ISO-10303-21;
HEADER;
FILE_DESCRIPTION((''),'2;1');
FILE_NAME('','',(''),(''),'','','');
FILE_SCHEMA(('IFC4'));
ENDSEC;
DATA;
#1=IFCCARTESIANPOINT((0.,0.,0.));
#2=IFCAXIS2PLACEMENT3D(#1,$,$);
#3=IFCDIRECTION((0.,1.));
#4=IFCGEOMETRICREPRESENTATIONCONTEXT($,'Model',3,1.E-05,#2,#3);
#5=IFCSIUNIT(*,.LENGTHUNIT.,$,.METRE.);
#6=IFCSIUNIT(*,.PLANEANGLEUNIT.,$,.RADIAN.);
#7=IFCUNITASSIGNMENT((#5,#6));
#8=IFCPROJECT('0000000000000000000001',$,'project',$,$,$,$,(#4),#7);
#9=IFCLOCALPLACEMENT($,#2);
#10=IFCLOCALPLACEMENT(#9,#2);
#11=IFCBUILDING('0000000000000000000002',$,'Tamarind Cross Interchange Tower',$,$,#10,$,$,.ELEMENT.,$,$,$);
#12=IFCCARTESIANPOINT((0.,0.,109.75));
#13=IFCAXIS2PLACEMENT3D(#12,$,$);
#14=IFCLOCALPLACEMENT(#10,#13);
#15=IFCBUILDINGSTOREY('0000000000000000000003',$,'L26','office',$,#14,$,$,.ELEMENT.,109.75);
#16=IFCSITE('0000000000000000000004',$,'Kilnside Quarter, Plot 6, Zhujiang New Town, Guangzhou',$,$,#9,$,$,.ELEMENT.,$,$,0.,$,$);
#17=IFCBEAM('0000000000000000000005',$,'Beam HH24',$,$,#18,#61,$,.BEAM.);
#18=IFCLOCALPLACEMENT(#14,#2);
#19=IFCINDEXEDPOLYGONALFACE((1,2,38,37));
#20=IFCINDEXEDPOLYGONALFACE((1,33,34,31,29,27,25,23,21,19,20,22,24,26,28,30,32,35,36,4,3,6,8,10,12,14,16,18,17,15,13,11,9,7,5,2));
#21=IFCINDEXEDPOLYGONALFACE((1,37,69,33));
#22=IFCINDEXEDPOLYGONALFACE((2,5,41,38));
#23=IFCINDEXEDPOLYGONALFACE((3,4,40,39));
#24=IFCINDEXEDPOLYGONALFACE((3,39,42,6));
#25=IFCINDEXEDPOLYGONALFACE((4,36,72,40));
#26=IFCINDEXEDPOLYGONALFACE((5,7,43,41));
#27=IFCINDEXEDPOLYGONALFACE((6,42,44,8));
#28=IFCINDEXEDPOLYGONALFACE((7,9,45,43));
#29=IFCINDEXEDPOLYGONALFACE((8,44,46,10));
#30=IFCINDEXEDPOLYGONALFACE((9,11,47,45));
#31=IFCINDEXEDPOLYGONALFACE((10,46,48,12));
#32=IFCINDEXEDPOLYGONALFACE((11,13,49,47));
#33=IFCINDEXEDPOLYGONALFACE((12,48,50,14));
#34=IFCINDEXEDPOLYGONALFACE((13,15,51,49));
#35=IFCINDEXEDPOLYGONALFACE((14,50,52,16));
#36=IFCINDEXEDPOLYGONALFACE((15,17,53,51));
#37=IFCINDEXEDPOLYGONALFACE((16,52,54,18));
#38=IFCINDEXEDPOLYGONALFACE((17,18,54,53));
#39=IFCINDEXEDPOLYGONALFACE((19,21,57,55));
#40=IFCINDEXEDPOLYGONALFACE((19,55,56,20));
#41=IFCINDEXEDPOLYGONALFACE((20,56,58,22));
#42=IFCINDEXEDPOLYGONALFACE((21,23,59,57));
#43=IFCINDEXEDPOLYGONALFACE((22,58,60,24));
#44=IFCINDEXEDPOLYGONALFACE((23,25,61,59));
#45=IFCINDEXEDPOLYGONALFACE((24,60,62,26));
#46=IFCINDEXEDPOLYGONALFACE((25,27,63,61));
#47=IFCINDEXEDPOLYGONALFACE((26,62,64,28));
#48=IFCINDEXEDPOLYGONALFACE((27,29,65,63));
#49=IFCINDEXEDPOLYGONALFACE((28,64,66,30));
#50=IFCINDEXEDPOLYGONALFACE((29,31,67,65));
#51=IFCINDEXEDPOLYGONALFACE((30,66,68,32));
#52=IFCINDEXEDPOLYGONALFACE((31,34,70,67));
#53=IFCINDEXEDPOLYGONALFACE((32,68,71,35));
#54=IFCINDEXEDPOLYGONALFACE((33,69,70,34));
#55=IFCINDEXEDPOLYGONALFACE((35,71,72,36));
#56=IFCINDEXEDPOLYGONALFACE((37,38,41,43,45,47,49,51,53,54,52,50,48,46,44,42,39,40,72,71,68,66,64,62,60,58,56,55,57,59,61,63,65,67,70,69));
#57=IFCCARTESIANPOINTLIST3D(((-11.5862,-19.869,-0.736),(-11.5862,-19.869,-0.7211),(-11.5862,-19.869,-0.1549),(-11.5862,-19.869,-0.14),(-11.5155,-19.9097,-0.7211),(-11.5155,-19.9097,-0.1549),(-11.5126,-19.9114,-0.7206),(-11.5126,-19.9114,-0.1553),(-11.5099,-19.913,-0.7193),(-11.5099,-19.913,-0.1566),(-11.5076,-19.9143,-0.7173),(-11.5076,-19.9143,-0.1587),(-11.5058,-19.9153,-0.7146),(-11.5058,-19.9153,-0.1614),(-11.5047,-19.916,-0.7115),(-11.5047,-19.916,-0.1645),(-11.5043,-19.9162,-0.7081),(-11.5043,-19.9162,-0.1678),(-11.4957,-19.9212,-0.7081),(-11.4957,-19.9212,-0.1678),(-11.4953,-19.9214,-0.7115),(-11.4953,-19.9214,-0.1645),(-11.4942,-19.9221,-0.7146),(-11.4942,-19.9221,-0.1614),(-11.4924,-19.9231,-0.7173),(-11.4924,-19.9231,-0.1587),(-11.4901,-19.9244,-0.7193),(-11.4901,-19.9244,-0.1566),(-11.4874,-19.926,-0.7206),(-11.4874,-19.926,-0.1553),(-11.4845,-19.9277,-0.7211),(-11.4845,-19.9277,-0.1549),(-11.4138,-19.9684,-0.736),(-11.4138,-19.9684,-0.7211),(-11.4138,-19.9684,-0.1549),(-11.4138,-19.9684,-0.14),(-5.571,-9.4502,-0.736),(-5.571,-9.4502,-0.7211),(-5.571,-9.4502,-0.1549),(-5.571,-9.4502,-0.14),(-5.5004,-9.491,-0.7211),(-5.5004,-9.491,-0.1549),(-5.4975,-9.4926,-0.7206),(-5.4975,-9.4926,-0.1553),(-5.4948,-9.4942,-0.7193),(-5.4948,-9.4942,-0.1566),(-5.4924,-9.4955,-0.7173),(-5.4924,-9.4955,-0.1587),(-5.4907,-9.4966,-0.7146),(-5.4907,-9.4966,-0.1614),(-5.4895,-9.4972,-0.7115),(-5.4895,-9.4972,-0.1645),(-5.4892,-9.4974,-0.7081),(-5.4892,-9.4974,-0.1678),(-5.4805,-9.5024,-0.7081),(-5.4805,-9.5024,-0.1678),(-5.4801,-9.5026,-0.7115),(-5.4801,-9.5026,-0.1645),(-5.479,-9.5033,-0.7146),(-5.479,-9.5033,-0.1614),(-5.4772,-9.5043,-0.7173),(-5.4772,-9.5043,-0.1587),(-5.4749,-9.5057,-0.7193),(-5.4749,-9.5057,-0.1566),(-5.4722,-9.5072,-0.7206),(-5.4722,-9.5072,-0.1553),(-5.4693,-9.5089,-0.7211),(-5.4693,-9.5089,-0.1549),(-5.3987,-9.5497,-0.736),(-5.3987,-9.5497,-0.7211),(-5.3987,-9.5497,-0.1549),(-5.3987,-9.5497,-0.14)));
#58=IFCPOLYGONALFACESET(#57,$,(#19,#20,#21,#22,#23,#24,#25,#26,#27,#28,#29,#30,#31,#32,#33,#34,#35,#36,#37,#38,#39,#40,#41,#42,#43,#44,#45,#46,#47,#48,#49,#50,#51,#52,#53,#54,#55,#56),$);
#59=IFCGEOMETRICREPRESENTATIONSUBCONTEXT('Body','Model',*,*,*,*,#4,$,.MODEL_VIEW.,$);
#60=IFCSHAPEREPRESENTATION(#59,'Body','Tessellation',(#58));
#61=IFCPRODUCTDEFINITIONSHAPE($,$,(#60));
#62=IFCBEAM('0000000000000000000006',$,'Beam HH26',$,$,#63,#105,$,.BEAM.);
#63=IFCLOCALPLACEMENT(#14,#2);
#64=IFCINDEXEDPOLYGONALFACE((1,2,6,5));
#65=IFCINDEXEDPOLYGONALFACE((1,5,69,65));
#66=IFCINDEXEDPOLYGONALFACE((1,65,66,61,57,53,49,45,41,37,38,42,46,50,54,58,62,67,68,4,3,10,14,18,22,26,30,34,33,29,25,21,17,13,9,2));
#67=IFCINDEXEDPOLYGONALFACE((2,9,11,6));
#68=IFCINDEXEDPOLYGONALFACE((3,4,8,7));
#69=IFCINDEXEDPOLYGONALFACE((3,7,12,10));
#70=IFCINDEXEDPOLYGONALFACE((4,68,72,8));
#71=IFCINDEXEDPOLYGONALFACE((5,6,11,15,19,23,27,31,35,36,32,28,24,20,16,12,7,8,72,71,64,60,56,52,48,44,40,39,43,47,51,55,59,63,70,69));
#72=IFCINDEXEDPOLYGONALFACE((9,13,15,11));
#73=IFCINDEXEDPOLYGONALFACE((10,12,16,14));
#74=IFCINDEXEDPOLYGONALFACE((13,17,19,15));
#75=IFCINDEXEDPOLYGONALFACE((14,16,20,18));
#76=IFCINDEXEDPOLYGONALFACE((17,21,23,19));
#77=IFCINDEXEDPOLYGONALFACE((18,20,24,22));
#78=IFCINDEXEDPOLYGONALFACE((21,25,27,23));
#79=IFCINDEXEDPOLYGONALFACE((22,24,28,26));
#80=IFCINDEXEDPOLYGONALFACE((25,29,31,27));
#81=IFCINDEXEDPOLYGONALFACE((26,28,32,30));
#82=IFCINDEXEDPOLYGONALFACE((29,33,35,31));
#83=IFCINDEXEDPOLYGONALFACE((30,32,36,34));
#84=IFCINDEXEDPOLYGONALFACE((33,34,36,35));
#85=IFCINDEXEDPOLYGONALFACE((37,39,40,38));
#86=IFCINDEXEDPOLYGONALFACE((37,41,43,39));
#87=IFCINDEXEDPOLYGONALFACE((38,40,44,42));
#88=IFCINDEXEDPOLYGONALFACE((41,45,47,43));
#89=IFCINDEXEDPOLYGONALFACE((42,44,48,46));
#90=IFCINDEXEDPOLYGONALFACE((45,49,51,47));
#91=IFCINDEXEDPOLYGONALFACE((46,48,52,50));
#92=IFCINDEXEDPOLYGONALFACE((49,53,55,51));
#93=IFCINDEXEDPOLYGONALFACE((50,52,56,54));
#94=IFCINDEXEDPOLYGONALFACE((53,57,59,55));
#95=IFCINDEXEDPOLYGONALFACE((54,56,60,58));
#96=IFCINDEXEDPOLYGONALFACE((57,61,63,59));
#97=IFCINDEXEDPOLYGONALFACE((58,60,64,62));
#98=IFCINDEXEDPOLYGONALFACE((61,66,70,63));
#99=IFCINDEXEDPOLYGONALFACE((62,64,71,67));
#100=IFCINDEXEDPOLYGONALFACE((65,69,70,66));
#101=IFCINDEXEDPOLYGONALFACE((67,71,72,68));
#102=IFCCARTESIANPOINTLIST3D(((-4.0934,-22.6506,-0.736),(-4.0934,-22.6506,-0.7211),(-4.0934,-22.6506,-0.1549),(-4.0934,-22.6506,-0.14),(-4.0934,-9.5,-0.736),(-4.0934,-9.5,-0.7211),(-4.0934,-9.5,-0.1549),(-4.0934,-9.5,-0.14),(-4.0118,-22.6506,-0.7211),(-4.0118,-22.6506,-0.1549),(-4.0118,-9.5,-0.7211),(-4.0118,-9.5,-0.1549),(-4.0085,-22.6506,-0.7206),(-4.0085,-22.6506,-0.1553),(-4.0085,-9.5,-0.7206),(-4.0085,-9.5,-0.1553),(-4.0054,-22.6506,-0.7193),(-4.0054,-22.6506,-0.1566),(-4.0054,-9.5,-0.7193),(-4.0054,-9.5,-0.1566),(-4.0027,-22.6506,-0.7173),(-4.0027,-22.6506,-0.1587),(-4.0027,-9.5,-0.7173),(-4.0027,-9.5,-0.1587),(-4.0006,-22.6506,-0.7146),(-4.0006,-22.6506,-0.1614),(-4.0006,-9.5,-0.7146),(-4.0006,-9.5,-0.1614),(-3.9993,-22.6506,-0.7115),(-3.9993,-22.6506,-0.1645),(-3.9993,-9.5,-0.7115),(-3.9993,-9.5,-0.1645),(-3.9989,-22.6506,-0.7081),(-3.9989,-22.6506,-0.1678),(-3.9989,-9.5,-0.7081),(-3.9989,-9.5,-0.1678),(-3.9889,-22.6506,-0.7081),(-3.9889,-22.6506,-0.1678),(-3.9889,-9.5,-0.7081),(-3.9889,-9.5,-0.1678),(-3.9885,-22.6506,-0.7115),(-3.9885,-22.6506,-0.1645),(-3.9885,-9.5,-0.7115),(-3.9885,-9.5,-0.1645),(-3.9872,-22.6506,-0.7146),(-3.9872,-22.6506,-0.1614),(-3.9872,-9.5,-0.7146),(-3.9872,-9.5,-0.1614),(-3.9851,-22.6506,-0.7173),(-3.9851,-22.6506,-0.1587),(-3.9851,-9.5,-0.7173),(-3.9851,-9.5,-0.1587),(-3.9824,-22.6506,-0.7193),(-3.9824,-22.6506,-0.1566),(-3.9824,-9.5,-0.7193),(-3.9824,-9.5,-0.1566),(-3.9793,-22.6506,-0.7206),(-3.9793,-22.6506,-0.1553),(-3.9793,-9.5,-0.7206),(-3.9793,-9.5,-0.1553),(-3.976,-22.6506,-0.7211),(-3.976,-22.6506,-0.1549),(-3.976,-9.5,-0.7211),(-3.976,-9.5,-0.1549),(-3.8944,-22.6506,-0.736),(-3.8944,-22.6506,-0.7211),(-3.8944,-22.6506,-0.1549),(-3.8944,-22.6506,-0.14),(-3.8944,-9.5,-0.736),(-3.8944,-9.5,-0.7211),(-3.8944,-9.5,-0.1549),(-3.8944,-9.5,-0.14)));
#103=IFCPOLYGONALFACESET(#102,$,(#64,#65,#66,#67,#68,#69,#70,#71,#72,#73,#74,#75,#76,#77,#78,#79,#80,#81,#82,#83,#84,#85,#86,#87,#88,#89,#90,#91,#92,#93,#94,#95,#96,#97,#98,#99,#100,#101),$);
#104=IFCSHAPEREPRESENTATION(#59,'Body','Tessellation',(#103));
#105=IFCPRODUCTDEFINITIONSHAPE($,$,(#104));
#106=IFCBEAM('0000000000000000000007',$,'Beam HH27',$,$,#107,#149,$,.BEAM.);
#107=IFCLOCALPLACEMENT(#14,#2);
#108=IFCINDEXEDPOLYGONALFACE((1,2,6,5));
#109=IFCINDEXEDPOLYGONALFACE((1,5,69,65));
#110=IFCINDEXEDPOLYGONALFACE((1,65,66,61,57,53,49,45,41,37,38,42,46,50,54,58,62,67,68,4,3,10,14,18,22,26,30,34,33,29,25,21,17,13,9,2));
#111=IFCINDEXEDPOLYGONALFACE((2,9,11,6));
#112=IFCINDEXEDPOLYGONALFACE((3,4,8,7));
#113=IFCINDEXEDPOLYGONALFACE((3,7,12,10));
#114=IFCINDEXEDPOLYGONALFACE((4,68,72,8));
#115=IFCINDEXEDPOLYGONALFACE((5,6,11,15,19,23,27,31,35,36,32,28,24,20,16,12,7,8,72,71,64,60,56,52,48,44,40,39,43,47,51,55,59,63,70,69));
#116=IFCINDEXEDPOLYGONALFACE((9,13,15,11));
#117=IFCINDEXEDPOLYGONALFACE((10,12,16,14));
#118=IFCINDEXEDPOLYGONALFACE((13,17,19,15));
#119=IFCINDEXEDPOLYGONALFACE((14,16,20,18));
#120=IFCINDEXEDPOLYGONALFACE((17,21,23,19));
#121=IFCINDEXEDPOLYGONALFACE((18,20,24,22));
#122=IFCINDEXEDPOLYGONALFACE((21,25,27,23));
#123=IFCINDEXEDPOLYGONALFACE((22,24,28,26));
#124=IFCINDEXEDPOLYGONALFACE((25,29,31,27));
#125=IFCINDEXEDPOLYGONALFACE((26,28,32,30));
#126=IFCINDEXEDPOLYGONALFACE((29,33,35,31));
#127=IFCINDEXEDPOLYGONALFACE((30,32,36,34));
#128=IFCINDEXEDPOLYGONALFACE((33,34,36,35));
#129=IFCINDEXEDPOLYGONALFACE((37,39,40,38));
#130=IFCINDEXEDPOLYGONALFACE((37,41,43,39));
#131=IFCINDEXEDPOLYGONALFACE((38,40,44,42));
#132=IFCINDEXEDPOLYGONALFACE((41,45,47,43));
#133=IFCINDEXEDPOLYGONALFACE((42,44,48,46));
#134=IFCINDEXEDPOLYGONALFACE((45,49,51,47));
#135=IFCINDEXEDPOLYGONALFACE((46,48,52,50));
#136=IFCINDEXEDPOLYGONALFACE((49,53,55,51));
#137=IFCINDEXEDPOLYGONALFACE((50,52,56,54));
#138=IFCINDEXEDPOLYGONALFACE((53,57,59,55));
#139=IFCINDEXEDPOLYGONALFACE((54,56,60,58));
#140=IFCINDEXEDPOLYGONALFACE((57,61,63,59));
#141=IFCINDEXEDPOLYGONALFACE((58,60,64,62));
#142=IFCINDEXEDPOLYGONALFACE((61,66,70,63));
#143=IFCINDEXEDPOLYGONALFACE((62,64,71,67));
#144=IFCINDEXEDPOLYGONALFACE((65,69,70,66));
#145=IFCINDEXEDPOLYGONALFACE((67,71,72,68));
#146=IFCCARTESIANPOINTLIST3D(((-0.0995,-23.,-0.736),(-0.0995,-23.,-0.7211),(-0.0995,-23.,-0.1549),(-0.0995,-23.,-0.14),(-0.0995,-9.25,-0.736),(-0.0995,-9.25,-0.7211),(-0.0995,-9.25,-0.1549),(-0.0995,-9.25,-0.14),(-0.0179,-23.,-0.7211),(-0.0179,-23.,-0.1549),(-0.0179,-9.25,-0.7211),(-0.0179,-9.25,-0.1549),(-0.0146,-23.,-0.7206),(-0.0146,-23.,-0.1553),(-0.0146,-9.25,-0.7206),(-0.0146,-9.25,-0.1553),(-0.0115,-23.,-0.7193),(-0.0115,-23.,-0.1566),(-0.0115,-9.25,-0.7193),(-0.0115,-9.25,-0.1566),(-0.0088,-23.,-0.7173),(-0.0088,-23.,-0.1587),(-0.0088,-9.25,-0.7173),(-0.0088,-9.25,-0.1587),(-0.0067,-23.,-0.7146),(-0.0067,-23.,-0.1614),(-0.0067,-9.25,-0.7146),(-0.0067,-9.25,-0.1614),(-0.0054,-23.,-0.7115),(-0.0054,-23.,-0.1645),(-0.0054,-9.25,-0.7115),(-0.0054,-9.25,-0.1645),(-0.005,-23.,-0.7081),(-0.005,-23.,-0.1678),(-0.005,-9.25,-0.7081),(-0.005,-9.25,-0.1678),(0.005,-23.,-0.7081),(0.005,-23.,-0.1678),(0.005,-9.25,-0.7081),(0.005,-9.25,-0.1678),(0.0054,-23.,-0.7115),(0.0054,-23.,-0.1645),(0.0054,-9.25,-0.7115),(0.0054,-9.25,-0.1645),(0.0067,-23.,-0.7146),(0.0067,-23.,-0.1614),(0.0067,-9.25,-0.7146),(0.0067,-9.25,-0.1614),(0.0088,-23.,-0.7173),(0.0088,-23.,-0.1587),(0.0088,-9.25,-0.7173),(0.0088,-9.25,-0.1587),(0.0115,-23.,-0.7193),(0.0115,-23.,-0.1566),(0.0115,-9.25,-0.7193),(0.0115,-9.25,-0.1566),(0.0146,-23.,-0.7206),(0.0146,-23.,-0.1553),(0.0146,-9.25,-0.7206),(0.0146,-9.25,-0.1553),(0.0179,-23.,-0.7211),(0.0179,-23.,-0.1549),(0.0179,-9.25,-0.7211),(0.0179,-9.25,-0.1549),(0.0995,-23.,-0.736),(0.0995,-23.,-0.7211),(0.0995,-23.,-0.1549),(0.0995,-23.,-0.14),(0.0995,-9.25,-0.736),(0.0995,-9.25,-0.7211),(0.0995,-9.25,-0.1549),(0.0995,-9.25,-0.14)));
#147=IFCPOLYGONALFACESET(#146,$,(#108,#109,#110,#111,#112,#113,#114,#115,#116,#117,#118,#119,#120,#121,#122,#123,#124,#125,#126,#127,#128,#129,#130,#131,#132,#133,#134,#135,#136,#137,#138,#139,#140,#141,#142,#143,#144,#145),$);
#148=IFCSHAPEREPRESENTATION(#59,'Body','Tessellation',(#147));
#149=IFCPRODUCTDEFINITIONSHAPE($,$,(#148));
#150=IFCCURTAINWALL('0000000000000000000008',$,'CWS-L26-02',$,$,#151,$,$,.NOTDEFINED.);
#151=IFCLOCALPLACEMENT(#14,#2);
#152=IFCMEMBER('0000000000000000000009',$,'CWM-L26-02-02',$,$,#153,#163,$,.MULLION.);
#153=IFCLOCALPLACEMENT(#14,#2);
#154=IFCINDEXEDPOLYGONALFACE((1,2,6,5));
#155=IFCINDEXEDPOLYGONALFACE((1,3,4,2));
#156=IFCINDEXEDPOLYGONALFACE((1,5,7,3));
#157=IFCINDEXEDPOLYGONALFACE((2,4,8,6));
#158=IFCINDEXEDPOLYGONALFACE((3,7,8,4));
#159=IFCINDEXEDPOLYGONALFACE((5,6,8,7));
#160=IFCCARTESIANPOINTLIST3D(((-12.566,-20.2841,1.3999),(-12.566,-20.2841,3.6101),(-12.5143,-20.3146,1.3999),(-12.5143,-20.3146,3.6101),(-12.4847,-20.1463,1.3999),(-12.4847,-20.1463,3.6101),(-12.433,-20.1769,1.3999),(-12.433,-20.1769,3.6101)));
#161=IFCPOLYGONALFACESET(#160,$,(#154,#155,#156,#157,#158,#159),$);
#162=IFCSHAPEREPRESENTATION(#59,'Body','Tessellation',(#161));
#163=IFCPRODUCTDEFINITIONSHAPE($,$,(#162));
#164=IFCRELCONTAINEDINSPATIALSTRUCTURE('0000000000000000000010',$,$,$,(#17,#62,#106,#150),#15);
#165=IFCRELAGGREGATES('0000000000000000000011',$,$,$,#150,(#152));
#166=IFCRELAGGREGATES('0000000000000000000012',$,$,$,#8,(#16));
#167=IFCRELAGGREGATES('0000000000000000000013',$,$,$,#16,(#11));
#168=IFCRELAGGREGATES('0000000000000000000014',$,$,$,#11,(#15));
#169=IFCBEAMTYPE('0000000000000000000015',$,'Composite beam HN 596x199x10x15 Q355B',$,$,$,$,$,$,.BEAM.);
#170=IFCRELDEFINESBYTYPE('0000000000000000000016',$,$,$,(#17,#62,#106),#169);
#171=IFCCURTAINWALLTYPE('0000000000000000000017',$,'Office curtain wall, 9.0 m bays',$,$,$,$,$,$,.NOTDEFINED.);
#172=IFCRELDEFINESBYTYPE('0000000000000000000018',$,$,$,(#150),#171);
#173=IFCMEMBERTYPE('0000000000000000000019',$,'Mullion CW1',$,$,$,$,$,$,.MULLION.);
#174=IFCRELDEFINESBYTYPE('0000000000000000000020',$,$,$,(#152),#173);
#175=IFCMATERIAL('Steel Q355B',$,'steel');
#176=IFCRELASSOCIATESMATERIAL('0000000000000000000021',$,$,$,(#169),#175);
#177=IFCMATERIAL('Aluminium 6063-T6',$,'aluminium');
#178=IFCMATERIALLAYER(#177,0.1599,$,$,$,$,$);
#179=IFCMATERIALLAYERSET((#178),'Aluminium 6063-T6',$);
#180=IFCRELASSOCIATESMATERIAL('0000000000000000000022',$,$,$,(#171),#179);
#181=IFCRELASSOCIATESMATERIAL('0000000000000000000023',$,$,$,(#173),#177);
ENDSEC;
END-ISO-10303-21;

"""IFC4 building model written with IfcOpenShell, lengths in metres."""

from ifc_helpers import new_model, si_unit, direction, frame, origin, origin_2d, place, context, subcontext, project, spatial, rectangle, i_section, extrude, material, layer, layer_set, material_profile, profile_set, type_object, element, aggregate, save


model = new_model("IFC4")

# Units and contexts
model_context = context("Model", 3, precision=1e-05, world=origin(), true_north=direction((0.0, 1.0)))
body_context = subcontext(model_context, "Body", "Model", "MODEL_VIEW")
ifc_project = project(units=[si_unit("LENGTHUNIT", "METRE"), si_unit("PLANEANGLEUNIT", "RADIAN")], contexts=[model_context])

# Site, building, storey
site_placement = place(None, origin())
site = spatial("IfcSite", under=ifc_project, at=site_placement, Name="Kilnside Quarter, Plot 6, Zhujiang New Town, Guangzhou", CompositionType="ELEMENT", RefElevation=0.0)
building_placement = place(site_placement, origin())
building = spatial("IfcBuilding", under=site, at=building_placement, Name="Tamarind Cross Interchange Tower", CompositionType="ELEMENT")
storey_placement = place(building_placement, frame((0.0, 0.0, 109.75)))
storey = spatial("IfcBuildingStorey", under=building, at=storey_placement, Name="L26", Description="office", CompositionType="ELEMENT", Elevation=109.75)

# Beams
ifc_material_1 = material(Name="Steel Q355B", Category="steel")
ifc_material_profile_1 = material_profile(ifc_material_1, i_section(OverallWidth=0.199, OverallDepth=0.5959, WebThickness=0.01, FlangeThickness=0.0149, FilletRadius=0.0129, at=origin_2d()), Name="HN 596x199x10x15")
ifc_profile_set_1 = profile_set([ifc_material_profile_1], Name="Steel Q355B")
beam_type_1 = type_object("IfcBeamType", Name="Composite beam HN 596x199x10x15 Q355B", PredefinedType="BEAM", material=ifc_profile_set_1)
beam_1_placement = place(storey_placement, frame((-11.5, -19.9187, -0.438), z_axis=(0.499994, 0.866029, 0.0), x_axis=(-0.866029, 0.499994, 0.0)))
element("IfcBeam", 1, at=beam_1_placement, inside=storey, type_object=beam_type_1, Name="Beam HH24", PredefinedType="BEAM", context=body_context, shape_type="SweptSolid", body=[
    extrude(i_section(OverallWidth=0.199, OverallDepth=0.5959, WebThickness=0.01, FlangeThickness=0.0149, FilletRadius=0.0129, at=origin_2d()), origin(), (0.0, 0.0, 1.0), 12.0305),
])
beam_2_placement = place(storey_placement, frame((-3.9939, -22.6506, -0.438), z_axis=(0.0, 1.0, 0.0), x_axis=(-1.0, 0.0, 0.0)))
element("IfcBeam", 2, at=beam_2_placement, inside=storey, type_object=beam_type_1, Name="Beam HH26", PredefinedType="BEAM", context=body_context, shape_type="SweptSolid", body=[
    extrude(i_section(OverallWidth=0.199, OverallDepth=0.5959, WebThickness=0.01, FlangeThickness=0.0149, FilletRadius=0.0129, at=origin_2d()), origin(), (0.0, 0.0, 1.0), 13.1506),
])
beam_3_placement = place(storey_placement, frame((0.0, -23.0, -0.438), z_axis=(0.0, 1.0, 0.0), x_axis=(-1.0, 0.0, 0.0)))
element("IfcBeam", 3, at=beam_3_placement, inside=storey, type_object=beam_type_1, Name="Beam HH27", PredefinedType="BEAM", context=body_context, shape_type="SweptSolid", body=[
    extrude(i_section(OverallWidth=0.199, OverallDepth=0.5959, WebThickness=0.01, FlangeThickness=0.0149, FilletRadius=0.0129, at=origin_2d()), origin(), (0.0, 0.0, 1.0), 13.75),
])

# Curtain wall, member
ifc_material_2 = material(Name="Aluminium 6063-T6", Category="aluminium")
ifc_layer_1 = layer(ifc_material_2, 0.1599)
ifc_layer_set_1 = layer_set([ifc_layer_1], Name="Aluminium 6063-T6")
curtain_wall_type = type_object("IfcCurtainWallType", Name="Office curtain wall, 9.0 m bays", PredefinedType="NOTDEFINED", material=ifc_layer_set_1)
curtain_wall_placement = place(storey_placement, origin())
curtain_wall = element("IfcCurtainWall", 4, at=curtain_wall_placement, inside=storey, type_object=curtain_wall_type, Name="CWS-L26-02", PredefinedType="NOTDEFINED")
ifc_material_profile_2 = material_profile(ifc_material_2, rectangle(XDim=0.0601, YDim=0.1599, at=origin_2d()), Name="Mullion CW1")
ifc_profile_set_2 = profile_set([ifc_material_profile_2], Name="Aluminium 6063-T6")
member_type = type_object("IfcMemberType", Name="Mullion CW1", PredefinedType="MULLION", material=ifc_profile_set_2)
member_placement = place(storey_placement, frame((-12.4995, -20.2305, 1.3999), z_axis=(0.0, 0.0, 1.0), x_axis=(0.861249, -0.508183, 0.0)))
member = element("IfcMember", 5, at=member_placement, type_object=member_type, Name="CWM-L26-02-02", PredefinedType="MULLION", context=body_context, shape_type="SweptSolid", body=[
    extrude(rectangle(XDim=0.0601, YDim=0.1599, at=origin_2d()), origin(), (0.0, 0.0, 1.0), 2.2102),
])
aggregate(curtain_wall, [member])

save(model, "model.ifc")
